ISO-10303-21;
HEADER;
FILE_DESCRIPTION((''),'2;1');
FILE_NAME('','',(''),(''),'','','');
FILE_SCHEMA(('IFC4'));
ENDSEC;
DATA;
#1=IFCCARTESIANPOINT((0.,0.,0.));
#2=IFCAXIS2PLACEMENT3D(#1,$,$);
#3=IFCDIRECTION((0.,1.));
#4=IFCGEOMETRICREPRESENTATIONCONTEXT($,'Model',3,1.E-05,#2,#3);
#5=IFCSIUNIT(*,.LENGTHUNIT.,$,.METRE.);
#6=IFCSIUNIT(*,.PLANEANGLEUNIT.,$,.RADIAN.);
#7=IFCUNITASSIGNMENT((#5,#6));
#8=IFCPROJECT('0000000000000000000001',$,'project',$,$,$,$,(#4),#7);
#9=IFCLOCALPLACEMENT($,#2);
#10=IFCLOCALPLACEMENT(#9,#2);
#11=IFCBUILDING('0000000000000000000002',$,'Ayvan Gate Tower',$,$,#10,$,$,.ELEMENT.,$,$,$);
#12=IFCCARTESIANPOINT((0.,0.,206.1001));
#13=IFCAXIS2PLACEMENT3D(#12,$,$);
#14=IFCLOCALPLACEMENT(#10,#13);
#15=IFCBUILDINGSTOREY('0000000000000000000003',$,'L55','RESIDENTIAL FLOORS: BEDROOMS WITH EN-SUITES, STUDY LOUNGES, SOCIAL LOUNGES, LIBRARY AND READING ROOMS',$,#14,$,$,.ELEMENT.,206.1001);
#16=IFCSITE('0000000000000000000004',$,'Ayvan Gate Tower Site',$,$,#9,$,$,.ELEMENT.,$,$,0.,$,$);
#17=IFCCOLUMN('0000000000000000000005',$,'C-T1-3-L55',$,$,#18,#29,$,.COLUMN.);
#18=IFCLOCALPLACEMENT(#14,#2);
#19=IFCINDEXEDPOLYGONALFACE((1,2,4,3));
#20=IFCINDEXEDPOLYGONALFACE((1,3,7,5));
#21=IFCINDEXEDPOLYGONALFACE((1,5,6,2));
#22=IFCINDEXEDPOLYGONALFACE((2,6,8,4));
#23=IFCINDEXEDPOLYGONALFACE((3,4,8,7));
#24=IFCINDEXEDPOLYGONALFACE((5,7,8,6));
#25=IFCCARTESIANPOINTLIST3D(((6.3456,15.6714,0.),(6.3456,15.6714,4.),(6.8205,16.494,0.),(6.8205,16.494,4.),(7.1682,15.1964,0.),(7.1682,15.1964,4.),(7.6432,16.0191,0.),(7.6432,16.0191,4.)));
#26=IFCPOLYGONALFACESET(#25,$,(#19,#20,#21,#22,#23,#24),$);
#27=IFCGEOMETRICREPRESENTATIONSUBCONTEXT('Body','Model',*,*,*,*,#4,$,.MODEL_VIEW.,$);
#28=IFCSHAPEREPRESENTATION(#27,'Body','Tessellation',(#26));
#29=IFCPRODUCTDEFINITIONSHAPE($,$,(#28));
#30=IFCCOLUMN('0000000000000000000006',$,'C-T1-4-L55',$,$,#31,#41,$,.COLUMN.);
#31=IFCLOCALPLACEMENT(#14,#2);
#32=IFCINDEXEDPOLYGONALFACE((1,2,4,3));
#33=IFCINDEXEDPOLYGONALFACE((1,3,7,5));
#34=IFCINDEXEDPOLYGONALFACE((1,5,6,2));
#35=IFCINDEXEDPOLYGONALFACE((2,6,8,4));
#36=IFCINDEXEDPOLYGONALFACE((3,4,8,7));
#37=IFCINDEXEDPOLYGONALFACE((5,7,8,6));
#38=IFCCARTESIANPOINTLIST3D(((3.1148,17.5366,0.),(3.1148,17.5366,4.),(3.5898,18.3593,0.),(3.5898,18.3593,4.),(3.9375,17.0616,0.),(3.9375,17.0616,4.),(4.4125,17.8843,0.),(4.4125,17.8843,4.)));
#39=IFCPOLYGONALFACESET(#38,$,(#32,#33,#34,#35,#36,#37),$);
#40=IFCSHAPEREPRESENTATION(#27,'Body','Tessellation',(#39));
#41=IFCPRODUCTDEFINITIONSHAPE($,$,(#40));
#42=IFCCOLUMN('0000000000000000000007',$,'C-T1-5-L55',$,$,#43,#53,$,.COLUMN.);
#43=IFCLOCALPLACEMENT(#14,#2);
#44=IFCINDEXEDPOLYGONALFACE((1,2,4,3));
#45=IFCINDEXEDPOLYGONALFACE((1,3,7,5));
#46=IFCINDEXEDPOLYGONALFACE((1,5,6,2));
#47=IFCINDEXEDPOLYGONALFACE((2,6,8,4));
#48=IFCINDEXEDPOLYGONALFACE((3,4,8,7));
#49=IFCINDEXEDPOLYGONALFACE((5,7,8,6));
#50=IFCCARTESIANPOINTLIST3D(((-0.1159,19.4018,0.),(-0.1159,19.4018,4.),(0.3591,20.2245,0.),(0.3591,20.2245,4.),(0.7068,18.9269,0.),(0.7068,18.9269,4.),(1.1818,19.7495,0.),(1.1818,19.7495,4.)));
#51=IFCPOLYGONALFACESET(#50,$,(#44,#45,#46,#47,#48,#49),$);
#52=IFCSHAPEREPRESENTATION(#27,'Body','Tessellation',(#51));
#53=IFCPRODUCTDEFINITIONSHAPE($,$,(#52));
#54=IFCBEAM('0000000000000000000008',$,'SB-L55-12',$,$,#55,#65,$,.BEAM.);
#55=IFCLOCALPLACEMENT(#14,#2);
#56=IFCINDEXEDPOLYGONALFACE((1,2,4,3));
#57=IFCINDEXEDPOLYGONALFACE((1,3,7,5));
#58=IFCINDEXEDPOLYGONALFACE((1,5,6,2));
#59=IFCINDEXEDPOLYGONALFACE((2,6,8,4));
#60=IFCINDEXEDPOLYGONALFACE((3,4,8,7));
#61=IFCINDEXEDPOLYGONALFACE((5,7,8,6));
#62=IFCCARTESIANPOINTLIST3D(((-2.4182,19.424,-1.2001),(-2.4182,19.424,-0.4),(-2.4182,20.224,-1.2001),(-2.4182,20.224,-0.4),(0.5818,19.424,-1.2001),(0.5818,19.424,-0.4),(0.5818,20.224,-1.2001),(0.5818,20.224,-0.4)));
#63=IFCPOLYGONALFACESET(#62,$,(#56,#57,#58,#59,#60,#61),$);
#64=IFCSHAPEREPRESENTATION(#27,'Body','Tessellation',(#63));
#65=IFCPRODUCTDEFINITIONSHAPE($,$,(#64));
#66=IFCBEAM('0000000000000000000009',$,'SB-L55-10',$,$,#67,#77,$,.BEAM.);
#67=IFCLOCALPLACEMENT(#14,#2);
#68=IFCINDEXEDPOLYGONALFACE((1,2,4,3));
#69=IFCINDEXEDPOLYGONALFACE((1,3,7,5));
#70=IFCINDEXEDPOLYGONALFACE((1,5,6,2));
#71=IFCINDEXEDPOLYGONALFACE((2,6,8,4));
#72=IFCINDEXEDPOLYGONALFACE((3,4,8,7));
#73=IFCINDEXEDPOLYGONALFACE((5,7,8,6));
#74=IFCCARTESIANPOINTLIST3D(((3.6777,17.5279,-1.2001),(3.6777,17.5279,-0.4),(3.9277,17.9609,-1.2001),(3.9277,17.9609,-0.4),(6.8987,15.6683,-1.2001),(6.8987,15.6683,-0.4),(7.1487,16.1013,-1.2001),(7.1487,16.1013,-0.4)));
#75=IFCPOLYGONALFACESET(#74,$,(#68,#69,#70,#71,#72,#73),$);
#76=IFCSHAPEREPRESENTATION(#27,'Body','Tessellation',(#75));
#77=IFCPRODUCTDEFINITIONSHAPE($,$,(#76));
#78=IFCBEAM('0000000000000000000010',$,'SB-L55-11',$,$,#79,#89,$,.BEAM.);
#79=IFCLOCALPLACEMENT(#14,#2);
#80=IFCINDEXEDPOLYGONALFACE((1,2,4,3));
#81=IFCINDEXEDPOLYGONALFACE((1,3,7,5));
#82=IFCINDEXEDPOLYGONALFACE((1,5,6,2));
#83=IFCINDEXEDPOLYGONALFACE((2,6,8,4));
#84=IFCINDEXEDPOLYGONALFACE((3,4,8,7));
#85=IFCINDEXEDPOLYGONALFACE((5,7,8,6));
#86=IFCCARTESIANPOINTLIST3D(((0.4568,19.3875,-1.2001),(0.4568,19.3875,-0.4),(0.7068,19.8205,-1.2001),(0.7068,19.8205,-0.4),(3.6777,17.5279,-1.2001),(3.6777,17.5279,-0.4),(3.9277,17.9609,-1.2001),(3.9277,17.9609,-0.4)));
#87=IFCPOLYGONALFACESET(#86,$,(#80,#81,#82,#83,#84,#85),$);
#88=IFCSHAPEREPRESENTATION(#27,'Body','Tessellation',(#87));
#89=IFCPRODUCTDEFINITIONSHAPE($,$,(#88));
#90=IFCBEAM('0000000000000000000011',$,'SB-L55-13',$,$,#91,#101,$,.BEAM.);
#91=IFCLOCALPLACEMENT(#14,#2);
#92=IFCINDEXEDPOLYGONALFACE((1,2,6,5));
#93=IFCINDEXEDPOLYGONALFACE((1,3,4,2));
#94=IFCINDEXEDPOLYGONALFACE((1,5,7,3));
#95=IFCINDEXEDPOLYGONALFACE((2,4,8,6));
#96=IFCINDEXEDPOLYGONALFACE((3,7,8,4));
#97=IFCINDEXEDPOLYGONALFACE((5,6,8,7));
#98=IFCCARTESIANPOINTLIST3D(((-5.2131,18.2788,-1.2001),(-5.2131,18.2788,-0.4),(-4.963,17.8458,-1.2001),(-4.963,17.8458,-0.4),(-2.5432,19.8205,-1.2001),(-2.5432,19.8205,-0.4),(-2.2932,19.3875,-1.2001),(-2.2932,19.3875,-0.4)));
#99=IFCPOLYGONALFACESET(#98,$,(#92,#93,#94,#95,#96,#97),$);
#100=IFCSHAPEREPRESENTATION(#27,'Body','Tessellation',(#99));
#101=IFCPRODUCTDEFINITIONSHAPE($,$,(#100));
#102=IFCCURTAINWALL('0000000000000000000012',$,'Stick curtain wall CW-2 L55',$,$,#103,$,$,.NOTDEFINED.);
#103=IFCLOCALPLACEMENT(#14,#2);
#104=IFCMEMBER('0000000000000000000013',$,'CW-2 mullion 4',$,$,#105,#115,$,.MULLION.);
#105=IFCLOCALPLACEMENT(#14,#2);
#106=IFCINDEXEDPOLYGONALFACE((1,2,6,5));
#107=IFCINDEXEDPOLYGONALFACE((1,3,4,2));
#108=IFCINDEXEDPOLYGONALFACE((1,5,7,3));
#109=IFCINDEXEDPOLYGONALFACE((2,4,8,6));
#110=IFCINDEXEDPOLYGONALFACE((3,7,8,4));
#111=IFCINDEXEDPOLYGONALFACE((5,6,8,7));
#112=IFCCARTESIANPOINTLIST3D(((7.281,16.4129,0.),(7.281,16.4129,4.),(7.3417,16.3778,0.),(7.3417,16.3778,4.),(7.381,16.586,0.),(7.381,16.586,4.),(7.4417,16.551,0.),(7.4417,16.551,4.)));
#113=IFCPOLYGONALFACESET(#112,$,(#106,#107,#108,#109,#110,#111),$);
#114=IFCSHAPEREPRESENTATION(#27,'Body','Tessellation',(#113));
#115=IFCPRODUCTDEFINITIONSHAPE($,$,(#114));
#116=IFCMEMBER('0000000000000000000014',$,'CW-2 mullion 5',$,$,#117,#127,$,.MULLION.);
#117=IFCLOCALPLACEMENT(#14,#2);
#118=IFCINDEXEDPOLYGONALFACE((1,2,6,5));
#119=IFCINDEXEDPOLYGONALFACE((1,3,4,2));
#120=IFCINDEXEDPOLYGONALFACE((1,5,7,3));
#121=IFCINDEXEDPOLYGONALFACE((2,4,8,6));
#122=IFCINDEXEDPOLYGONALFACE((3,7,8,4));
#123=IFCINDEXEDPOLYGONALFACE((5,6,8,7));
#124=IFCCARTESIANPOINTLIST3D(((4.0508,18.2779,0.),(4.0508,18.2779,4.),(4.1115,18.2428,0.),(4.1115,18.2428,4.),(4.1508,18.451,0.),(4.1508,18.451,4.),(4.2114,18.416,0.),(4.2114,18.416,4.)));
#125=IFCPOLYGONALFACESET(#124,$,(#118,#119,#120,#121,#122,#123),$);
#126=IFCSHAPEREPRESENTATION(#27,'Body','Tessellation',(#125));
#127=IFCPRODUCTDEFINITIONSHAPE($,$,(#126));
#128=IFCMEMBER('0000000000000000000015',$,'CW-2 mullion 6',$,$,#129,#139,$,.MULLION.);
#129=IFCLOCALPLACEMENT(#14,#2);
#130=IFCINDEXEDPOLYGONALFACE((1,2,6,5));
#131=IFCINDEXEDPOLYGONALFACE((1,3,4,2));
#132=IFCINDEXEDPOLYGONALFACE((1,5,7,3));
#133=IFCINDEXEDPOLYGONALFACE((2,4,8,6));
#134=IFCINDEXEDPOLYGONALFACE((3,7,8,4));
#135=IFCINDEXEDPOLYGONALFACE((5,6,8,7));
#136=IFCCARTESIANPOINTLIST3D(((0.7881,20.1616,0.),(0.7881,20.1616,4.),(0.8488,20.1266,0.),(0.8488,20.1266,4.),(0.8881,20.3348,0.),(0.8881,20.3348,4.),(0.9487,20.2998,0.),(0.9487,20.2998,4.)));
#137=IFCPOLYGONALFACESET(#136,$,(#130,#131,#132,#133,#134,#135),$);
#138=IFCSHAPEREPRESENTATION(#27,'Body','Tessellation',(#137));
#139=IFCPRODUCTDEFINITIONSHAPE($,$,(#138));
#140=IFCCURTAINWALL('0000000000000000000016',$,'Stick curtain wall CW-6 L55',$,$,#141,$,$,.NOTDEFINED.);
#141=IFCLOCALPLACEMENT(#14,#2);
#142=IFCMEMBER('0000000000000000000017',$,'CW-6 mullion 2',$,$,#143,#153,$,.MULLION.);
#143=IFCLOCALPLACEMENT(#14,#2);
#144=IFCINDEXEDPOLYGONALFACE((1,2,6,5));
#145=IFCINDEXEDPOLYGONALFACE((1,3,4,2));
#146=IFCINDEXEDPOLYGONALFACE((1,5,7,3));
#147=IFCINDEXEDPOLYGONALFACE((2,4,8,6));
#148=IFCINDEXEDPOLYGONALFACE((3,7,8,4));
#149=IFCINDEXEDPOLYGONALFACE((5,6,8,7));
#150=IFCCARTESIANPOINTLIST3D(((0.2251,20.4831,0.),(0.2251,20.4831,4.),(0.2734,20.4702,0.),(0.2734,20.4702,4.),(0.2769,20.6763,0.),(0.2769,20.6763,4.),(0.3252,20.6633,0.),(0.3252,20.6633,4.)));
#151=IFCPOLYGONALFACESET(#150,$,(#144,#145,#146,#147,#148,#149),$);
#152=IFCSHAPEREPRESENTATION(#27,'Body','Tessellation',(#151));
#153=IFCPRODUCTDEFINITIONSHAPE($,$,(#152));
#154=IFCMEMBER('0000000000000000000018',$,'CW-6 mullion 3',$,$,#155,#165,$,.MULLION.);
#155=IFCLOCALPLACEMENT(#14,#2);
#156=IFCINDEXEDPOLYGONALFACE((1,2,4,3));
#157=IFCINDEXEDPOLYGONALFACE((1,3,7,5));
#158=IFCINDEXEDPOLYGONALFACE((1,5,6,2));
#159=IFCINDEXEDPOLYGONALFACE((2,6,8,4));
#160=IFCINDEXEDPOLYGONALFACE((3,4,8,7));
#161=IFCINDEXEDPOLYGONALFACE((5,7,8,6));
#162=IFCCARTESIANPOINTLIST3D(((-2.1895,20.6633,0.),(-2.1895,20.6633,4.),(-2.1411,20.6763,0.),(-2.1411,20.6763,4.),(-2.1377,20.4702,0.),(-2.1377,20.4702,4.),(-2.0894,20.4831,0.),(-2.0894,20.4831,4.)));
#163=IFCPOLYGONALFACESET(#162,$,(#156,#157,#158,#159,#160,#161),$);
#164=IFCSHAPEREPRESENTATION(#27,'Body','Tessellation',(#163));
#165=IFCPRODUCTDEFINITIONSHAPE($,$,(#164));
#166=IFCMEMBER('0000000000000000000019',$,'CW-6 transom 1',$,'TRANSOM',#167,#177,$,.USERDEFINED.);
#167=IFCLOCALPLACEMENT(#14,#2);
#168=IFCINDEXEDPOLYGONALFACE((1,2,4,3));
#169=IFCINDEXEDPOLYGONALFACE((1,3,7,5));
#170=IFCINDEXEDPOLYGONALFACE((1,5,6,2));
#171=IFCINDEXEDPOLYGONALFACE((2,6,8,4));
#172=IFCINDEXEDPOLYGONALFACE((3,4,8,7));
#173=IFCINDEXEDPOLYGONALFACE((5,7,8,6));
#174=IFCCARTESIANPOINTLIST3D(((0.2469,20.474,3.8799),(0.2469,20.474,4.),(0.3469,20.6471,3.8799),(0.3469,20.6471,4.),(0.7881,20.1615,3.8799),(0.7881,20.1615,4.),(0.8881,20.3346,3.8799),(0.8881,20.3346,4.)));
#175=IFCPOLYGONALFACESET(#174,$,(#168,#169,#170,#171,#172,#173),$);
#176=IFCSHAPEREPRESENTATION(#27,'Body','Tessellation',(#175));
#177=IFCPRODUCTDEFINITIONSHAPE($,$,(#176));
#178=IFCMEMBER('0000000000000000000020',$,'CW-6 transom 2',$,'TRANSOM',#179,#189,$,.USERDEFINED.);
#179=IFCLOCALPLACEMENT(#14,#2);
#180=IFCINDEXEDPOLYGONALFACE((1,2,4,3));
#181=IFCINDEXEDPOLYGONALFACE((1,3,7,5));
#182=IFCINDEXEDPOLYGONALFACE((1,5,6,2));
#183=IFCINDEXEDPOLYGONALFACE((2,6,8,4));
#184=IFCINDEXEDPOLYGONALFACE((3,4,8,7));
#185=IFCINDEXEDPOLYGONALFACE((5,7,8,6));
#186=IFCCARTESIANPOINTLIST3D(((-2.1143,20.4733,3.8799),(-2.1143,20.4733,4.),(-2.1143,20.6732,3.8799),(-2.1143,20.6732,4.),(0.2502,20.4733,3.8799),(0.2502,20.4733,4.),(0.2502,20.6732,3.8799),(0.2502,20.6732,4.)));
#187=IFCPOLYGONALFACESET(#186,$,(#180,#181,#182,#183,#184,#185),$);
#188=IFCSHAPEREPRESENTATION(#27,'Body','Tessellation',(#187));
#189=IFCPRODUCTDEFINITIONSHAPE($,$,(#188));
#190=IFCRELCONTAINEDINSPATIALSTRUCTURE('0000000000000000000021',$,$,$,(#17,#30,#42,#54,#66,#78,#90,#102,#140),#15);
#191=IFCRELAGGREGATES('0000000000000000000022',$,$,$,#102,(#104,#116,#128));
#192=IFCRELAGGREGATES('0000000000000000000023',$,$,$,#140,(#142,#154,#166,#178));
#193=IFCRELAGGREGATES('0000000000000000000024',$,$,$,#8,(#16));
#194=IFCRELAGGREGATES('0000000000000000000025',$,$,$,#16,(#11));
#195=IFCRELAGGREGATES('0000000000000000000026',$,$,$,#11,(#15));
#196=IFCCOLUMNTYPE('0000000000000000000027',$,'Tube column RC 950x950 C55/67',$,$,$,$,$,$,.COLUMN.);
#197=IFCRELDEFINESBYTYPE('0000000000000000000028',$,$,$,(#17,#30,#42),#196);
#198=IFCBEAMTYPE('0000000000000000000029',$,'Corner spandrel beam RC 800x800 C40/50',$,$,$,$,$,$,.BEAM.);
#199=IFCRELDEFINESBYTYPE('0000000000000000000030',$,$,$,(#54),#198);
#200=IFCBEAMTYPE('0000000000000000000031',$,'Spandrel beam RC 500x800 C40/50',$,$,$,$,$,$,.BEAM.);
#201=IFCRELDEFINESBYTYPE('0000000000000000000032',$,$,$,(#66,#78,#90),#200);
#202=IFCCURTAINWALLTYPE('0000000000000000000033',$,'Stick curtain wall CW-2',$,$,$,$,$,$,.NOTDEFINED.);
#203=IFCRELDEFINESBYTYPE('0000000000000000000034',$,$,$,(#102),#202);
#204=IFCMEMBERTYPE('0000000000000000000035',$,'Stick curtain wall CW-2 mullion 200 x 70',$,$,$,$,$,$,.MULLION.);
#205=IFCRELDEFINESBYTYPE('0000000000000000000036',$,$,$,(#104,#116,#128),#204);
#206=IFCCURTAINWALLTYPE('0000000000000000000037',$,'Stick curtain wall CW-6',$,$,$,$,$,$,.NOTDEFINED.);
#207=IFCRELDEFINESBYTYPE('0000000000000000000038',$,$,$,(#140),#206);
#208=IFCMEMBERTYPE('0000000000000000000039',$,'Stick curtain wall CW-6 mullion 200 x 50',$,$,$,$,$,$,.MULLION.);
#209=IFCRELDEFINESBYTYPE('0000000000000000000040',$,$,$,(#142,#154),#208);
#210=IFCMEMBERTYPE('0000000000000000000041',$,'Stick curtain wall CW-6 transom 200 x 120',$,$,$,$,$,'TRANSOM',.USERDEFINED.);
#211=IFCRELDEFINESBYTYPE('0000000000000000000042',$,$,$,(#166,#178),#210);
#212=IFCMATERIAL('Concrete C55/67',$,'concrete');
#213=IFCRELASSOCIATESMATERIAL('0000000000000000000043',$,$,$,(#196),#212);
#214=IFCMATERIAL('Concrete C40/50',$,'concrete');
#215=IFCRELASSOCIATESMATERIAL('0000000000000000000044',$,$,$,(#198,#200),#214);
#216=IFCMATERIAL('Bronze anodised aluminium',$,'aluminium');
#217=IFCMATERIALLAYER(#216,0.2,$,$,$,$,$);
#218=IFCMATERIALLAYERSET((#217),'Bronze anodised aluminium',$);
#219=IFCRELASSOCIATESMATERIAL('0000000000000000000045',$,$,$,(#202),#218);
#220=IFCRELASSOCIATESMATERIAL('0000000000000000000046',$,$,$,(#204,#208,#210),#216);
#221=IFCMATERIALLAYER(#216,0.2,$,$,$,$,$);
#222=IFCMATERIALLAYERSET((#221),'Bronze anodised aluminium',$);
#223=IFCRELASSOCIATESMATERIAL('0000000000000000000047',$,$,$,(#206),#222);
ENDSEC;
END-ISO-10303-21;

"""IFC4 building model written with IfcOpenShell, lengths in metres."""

from ifc_helpers import new_model, si_unit, direction, frame, origin, origin_2d, place, context, subcontext, project, spatial, rectangle, extrude, material, layer, layer_set, material_profile, profile_set, type_object, element, aggregate, save


model = new_model("IFC4")

# Units and contexts
model_context = context("Model", 3, precision=1e-05, world=origin(), true_north=direction((0.0, 1.0)))
body_context = subcontext(model_context, "Body", "Model", "MODEL_VIEW")
ifc_project = project(units=[si_unit("LENGTHUNIT", "METRE"), si_unit("PLANEANGLEUNIT", "RADIAN")], contexts=[model_context])

# Site, building, storey
site_placement = place(None, origin())
site = spatial("IfcSite", under=ifc_project, at=site_placement, Name="Ayvan Gate Tower Site", CompositionType="ELEMENT", RefElevation=0.0)
building_placement = place(site_placement, origin())
building = spatial("IfcBuilding", under=site, at=building_placement, Name="Ayvan Gate Tower", CompositionType="ELEMENT")
storey_placement = place(building_placement, frame((0.0, 0.0, 206.1001)))
storey = spatial("IfcBuildingStorey", under=building, at=storey_placement, Name="L55", Description="RESIDENTIAL FLOORS: BEDROOMS WITH EN-SUITES, STUDY LOUNGES, SOCIAL LOUNGES, LIBRARY AND READING ROOMS", CompositionType="ELEMENT", Elevation=206.1001)

# Columns
ifc_material_1 = material(Name="Concrete C55/67", Category="concrete")
ifc_material_profile_1 = material_profile(ifc_material_1, rectangle(XDim=0.95, YDim=0.95, at=origin_2d()), Name="RC 950x950")
ifc_profile_set_1 = profile_set([ifc_material_profile_1], Name="Concrete C55/67")
column_type = type_object("IfcColumnType", Name="Tube column RC 950x950 C55/67", PredefinedType="COLUMN", material=ifc_profile_set_1)
for number, where, z_axis, x_axis, name in (
    (1, (6.9944, 15.8452, 0.0), (0.0, 0.0, 1.0), (0.5, 0.866025, 0.0), "C-T1-3-L55"),
    (2, (3.7637, 17.7104, 0.0), (0.0, 0.0, 1.0), (0.5, 0.866025, 0.0), "C-T1-4-L55"),
    (3, (0.533, 19.5757, 0.0), (0.0, 0.0, 1.0), (0.5, 0.866025, 0.0), "C-T1-5-L55"),
):
    element("IfcColumn", number, at=place(storey_placement, frame(where, z_axis=z_axis, x_axis=x_axis)), inside=storey, type_object=column_type, Name=name, PredefinedType="COLUMN", context=body_context, shape_type="SweptSolid", body=[
        extrude(rectangle(XDim=0.95, YDim=0.95, at=origin_2d()), origin(), (0.0, 0.0, 1.0), 4.0),
    ])

# Beams
ifc_material_2 = material(Name="Concrete C40/50", Category="concrete")
ifc_material_profile_2 = material_profile(ifc_material_2, rectangle(XDim=0.8, YDim=0.8, at=origin_2d()), Name="RC 800x800")
ifc_profile_set_2 = profile_set([ifc_material_profile_2], Name="Concrete C40/50")
beam_type_1 = type_object("IfcBeamType", Name="Corner spandrel beam RC 800x800 C40/50", PredefinedType="BEAM", material=ifc_profile_set_2)
beam_1_placement = place(storey_placement, frame((0.5818, 19.824, -0.8), z_axis=(-1.0, 0.0, 0.0), x_axis=(0.0, -1.0, 0.0)))
element("IfcBeam", 4, at=beam_1_placement, inside=storey, type_object=beam_type_1, Name="SB-L55-12", PredefinedType="BEAM", context=body_context, shape_type="SweptSolid", body=[
    extrude(rectangle(XDim=0.8, YDim=0.8, at=origin_2d()), origin(), (0.0, 0.0, 1.0), 3.0),
])
ifc_material_profile_3 = material_profile(ifc_material_2, rectangle(XDim=0.5, YDim=0.8, at=origin_2d()), Name="RC 500x800")
ifc_profile_set_3 = profile_set([ifc_material_profile_3], Name="Concrete C40/50")
beam_type_2 = type_object("IfcBeamType", Name="Spandrel beam RC 500x800 C40/50", PredefinedType="BEAM", material=ifc_profile_set_3)
for number, where, z_axis, x_axis, name in (
    (5, (7.0237, 15.8848, -0.8), (-0.866025, 0.500001, 0.0), (-0.500001, -0.866025, 0.0), "SB-L55-10"),
    (6, (3.8027, 17.7444, -0.8), (-0.866025, 0.500001, 0.0), (-0.500001, -0.866025, 0.0), "SB-L55-11"),
):
    element("IfcBeam", number, at=place(storey_placement, frame(where, z_axis=z_axis, x_axis=x_axis)), inside=storey, type_object=beam_type_2, Name=name, PredefinedType="BEAM", context=body_context, shape_type="SweptSolid", body=[
        extrude(rectangle(XDim=0.5, YDim=0.8, at=origin_2d()), origin(), (0.0, 0.0, 1.0), 3.7192),
    ])
beam_2_placement = place(storey_placement, frame((-2.4182, 19.604, -0.8), z_axis=(-0.865988, -0.500065, 0.0), x_axis=(0.500065, -0.865988, 0.0)))
element("IfcBeam", 7, at=beam_2_placement, inside=storey, type_object=beam_type_2, Name="SB-L55-13", PredefinedType="BEAM", context=body_context, shape_type="SweptSolid", body=[
    extrude(rectangle(XDim=0.5, YDim=0.8, at=origin_2d()), origin(), (0.0, 0.0, 1.0), 3.083),
])

# Curtain walls, members
ifc_material_3 = material(Name="Bronze anodised aluminium", Category="aluminium")
ifc_layer_1 = layer(ifc_material_3, 0.2)
ifc_layer_set_1 = layer_set([ifc_layer_1], Name="Bronze anodised aluminium")
curtain_wall_type_1 = type_object("IfcCurtainWallType", Name="Stick curtain wall CW-2", PredefinedType="NOTDEFINED", material=ifc_layer_set_1)
curtain_wall_1_placement = place(storey_placement, origin())
curtain_wall_1 = element("IfcCurtainWall", 8, at=curtain_wall_1_placement, inside=storey, type_object=curtain_wall_type_1, Name="Stick curtain wall CW-2 L55", PredefinedType="NOTDEFINED")
ifc_material_profile_4 = material_profile(ifc_material_3, rectangle(XDim=0.2, YDim=0.0701, at=origin_2d()), Name="Stick curtain wall CW-2 mullion 200 x 70")
ifc_profile_set_4 = profile_set([ifc_material_profile_4], Name="Bronze anodised aluminium")
member_type_1 = type_object("IfcMemberType", Name="Stick curtain wall CW-2 mullion 200 x 70", PredefinedType="MULLION", material=ifc_profile_set_4)
member_1_placement = place(storey_placement, frame((7.3613, 16.4819, 0.0), z_axis=(0.0, 0.0, 1.0), x_axis=(0.5, 0.866025, 0.0)))
member_1 = element("IfcMember", 9, at=member_1_placement, type_object=member_type_1, Name="CW-2 mullion 4", PredefinedType="MULLION", context=body_context, shape_type="SweptSolid", body=[
    extrude(rectangle(XDim=0.2, YDim=0.0701, at=origin_2d()), origin(), (0.0, 0.0, 1.0), 4.0),
])
member_2_placement = place(storey_placement, frame((4.1311, 18.3469, 0.0), z_axis=(0.0, 0.0, 1.0), x_axis=(0.5, 0.866025, 0.0)))
member_2 = element("IfcMember", 10, at=member_2_placement, type_object=member_type_1, Name="CW-2 mullion 5", PredefinedType="MULLION", context=body_context, shape_type="SweptSolid", body=[
    extrude(rectangle(XDim=0.2, YDim=0.0701, at=origin_2d()), origin(), (0.0, 0.0, 1.0), 4.0),
])
member_3_placement = place(storey_placement, frame((0.8684, 20.2307, 0.0), z_axis=(0.0, 0.0, 1.0), x_axis=(0.5, 0.866025, 0.0)))
member_3 = element("IfcMember", 11, at=member_3_placement, type_object=member_type_1, Name="CW-2 mullion 6", PredefinedType="MULLION", context=body_context, shape_type="SweptSolid", body=[
    extrude(rectangle(XDim=0.2, YDim=0.0701, at=origin_2d()), origin(), (0.0, 0.0, 1.0), 4.0),
])
ifc_layer_2 = layer(ifc_material_3, 0.2)
ifc_layer_set_2 = layer_set([ifc_layer_2], Name="Bronze anodised aluminium")
curtain_wall_type_2 = type_object("IfcCurtainWallType", Name="Stick curtain wall CW-6", PredefinedType="NOTDEFINED", material=ifc_layer_set_2)
curtain_wall_2_placement = place(storey_placement, origin())
curtain_wall_2 = element("IfcCurtainWall", 12, at=curtain_wall_2_placement, inside=storey, type_object=curtain_wall_type_2, Name="Stick curtain wall CW-6 L55", PredefinedType="NOTDEFINED")
ifc_material_profile_5 = material_profile(ifc_material_3, rectangle(XDim=0.2, YDim=0.05, at=origin_2d()), Name="Stick curtain wall CW-6 mullion 200 x 50")
ifc_profile_set_5 = profile_set([ifc_material_profile_5], Name="Bronze anodised aluminium")
member_type_2 = type_object("IfcMemberType", Name="Stick curtain wall CW-6 mullion 200 x 50", PredefinedType="MULLION", material=ifc_profile_set_5)
member_4_placement = place(storey_placement, frame((0.2751, 20.5732, 0.0), z_axis=(0.0, 0.0, 1.0), x_axis=(0.258819, 0.965926, 0.0)))
member_4 = element("IfcMember", 13, at=member_4_placement, type_object=member_type_2, Name="CW-6 mullion 2", PredefinedType="MULLION", context=body_context, shape_type="SweptSolid", body=[
    extrude(rectangle(XDim=0.2, YDim=0.05, at=origin_2d()), origin(), (0.0, 0.0, 1.0), 4.0),
])
member_5_placement = place(storey_placement, frame((-2.1394, 20.5732, 0.0), z_axis=(0.0, 0.0, 1.0), x_axis=(-0.258819, 0.965926, 0.0)))
member_5 = element("IfcMember", 14, at=member_5_placement, type_object=member_type_2, Name="CW-6 mullion 3", PredefinedType="MULLION", context=body_context, shape_type="SweptSolid", body=[
    extrude(rectangle(XDim=0.2, YDim=0.05, at=origin_2d()), origin(), (0.0, 0.0, 1.0), 4.0),
])
ifc_material_profile_6 = material_profile(ifc_material_3, rectangle(XDim=0.2, YDim=0.1201, at=origin_2d()), Name="Stick curtain wall CW-6 transom 200 x 120")
ifc_profile_set_6 = profile_set([ifc_material_profile_6], Name="Bronze anodised aluminium")
member_type_3 = type_object("IfcMemberType", Name="Stick curtain wall CW-6 transom 200 x 120", ElementType="TRANSOM", PredefinedType="USERDEFINED", material=ifc_profile_set_6)
member_6_placement = place(storey_placement, frame((0.8381, 20.248, 3.9399), z_axis=(-0.866023, 0.500004, 0.0), x_axis=(-0.500004, -0.866023, 0.0)))
member_6 = element("IfcMember", 15, at=member_6_placement, type_object=member_type_3, Name="CW-6 transom 1", ObjectType="TRANSOM", PredefinedType="USERDEFINED", context=body_context, shape_type="SweptSolid", body=[
    extrude(rectangle(XDim=0.2, YDim=0.1201, at=origin_2d()), origin(), (0.0, 0.0, 1.0), 0.625),
])
member_7_placement = place(storey_placement, frame((0.2502, 20.5732, 3.9399), z_axis=(-1.0, 0.0, 0.0), x_axis=(0.0, -1.0, 0.0)))
member_7 = element("IfcMember", 16, at=member_7_placement, type_object=member_type_3, Name="CW-6 transom 2", ObjectType="TRANSOM", PredefinedType="USERDEFINED", context=body_context, shape_type="SweptSolid", body=[
    extrude(rectangle(XDim=0.2, YDim=0.1201, at=origin_2d()), origin(), (0.0, 0.0, 1.0), 2.3645),
])

aggregate(curtain_wall_1, [member_1, member_2, member_3])
aggregate(curtain_wall_2, [member_4, member_5, member_6, member_7])

save(model, "model.ifc")
